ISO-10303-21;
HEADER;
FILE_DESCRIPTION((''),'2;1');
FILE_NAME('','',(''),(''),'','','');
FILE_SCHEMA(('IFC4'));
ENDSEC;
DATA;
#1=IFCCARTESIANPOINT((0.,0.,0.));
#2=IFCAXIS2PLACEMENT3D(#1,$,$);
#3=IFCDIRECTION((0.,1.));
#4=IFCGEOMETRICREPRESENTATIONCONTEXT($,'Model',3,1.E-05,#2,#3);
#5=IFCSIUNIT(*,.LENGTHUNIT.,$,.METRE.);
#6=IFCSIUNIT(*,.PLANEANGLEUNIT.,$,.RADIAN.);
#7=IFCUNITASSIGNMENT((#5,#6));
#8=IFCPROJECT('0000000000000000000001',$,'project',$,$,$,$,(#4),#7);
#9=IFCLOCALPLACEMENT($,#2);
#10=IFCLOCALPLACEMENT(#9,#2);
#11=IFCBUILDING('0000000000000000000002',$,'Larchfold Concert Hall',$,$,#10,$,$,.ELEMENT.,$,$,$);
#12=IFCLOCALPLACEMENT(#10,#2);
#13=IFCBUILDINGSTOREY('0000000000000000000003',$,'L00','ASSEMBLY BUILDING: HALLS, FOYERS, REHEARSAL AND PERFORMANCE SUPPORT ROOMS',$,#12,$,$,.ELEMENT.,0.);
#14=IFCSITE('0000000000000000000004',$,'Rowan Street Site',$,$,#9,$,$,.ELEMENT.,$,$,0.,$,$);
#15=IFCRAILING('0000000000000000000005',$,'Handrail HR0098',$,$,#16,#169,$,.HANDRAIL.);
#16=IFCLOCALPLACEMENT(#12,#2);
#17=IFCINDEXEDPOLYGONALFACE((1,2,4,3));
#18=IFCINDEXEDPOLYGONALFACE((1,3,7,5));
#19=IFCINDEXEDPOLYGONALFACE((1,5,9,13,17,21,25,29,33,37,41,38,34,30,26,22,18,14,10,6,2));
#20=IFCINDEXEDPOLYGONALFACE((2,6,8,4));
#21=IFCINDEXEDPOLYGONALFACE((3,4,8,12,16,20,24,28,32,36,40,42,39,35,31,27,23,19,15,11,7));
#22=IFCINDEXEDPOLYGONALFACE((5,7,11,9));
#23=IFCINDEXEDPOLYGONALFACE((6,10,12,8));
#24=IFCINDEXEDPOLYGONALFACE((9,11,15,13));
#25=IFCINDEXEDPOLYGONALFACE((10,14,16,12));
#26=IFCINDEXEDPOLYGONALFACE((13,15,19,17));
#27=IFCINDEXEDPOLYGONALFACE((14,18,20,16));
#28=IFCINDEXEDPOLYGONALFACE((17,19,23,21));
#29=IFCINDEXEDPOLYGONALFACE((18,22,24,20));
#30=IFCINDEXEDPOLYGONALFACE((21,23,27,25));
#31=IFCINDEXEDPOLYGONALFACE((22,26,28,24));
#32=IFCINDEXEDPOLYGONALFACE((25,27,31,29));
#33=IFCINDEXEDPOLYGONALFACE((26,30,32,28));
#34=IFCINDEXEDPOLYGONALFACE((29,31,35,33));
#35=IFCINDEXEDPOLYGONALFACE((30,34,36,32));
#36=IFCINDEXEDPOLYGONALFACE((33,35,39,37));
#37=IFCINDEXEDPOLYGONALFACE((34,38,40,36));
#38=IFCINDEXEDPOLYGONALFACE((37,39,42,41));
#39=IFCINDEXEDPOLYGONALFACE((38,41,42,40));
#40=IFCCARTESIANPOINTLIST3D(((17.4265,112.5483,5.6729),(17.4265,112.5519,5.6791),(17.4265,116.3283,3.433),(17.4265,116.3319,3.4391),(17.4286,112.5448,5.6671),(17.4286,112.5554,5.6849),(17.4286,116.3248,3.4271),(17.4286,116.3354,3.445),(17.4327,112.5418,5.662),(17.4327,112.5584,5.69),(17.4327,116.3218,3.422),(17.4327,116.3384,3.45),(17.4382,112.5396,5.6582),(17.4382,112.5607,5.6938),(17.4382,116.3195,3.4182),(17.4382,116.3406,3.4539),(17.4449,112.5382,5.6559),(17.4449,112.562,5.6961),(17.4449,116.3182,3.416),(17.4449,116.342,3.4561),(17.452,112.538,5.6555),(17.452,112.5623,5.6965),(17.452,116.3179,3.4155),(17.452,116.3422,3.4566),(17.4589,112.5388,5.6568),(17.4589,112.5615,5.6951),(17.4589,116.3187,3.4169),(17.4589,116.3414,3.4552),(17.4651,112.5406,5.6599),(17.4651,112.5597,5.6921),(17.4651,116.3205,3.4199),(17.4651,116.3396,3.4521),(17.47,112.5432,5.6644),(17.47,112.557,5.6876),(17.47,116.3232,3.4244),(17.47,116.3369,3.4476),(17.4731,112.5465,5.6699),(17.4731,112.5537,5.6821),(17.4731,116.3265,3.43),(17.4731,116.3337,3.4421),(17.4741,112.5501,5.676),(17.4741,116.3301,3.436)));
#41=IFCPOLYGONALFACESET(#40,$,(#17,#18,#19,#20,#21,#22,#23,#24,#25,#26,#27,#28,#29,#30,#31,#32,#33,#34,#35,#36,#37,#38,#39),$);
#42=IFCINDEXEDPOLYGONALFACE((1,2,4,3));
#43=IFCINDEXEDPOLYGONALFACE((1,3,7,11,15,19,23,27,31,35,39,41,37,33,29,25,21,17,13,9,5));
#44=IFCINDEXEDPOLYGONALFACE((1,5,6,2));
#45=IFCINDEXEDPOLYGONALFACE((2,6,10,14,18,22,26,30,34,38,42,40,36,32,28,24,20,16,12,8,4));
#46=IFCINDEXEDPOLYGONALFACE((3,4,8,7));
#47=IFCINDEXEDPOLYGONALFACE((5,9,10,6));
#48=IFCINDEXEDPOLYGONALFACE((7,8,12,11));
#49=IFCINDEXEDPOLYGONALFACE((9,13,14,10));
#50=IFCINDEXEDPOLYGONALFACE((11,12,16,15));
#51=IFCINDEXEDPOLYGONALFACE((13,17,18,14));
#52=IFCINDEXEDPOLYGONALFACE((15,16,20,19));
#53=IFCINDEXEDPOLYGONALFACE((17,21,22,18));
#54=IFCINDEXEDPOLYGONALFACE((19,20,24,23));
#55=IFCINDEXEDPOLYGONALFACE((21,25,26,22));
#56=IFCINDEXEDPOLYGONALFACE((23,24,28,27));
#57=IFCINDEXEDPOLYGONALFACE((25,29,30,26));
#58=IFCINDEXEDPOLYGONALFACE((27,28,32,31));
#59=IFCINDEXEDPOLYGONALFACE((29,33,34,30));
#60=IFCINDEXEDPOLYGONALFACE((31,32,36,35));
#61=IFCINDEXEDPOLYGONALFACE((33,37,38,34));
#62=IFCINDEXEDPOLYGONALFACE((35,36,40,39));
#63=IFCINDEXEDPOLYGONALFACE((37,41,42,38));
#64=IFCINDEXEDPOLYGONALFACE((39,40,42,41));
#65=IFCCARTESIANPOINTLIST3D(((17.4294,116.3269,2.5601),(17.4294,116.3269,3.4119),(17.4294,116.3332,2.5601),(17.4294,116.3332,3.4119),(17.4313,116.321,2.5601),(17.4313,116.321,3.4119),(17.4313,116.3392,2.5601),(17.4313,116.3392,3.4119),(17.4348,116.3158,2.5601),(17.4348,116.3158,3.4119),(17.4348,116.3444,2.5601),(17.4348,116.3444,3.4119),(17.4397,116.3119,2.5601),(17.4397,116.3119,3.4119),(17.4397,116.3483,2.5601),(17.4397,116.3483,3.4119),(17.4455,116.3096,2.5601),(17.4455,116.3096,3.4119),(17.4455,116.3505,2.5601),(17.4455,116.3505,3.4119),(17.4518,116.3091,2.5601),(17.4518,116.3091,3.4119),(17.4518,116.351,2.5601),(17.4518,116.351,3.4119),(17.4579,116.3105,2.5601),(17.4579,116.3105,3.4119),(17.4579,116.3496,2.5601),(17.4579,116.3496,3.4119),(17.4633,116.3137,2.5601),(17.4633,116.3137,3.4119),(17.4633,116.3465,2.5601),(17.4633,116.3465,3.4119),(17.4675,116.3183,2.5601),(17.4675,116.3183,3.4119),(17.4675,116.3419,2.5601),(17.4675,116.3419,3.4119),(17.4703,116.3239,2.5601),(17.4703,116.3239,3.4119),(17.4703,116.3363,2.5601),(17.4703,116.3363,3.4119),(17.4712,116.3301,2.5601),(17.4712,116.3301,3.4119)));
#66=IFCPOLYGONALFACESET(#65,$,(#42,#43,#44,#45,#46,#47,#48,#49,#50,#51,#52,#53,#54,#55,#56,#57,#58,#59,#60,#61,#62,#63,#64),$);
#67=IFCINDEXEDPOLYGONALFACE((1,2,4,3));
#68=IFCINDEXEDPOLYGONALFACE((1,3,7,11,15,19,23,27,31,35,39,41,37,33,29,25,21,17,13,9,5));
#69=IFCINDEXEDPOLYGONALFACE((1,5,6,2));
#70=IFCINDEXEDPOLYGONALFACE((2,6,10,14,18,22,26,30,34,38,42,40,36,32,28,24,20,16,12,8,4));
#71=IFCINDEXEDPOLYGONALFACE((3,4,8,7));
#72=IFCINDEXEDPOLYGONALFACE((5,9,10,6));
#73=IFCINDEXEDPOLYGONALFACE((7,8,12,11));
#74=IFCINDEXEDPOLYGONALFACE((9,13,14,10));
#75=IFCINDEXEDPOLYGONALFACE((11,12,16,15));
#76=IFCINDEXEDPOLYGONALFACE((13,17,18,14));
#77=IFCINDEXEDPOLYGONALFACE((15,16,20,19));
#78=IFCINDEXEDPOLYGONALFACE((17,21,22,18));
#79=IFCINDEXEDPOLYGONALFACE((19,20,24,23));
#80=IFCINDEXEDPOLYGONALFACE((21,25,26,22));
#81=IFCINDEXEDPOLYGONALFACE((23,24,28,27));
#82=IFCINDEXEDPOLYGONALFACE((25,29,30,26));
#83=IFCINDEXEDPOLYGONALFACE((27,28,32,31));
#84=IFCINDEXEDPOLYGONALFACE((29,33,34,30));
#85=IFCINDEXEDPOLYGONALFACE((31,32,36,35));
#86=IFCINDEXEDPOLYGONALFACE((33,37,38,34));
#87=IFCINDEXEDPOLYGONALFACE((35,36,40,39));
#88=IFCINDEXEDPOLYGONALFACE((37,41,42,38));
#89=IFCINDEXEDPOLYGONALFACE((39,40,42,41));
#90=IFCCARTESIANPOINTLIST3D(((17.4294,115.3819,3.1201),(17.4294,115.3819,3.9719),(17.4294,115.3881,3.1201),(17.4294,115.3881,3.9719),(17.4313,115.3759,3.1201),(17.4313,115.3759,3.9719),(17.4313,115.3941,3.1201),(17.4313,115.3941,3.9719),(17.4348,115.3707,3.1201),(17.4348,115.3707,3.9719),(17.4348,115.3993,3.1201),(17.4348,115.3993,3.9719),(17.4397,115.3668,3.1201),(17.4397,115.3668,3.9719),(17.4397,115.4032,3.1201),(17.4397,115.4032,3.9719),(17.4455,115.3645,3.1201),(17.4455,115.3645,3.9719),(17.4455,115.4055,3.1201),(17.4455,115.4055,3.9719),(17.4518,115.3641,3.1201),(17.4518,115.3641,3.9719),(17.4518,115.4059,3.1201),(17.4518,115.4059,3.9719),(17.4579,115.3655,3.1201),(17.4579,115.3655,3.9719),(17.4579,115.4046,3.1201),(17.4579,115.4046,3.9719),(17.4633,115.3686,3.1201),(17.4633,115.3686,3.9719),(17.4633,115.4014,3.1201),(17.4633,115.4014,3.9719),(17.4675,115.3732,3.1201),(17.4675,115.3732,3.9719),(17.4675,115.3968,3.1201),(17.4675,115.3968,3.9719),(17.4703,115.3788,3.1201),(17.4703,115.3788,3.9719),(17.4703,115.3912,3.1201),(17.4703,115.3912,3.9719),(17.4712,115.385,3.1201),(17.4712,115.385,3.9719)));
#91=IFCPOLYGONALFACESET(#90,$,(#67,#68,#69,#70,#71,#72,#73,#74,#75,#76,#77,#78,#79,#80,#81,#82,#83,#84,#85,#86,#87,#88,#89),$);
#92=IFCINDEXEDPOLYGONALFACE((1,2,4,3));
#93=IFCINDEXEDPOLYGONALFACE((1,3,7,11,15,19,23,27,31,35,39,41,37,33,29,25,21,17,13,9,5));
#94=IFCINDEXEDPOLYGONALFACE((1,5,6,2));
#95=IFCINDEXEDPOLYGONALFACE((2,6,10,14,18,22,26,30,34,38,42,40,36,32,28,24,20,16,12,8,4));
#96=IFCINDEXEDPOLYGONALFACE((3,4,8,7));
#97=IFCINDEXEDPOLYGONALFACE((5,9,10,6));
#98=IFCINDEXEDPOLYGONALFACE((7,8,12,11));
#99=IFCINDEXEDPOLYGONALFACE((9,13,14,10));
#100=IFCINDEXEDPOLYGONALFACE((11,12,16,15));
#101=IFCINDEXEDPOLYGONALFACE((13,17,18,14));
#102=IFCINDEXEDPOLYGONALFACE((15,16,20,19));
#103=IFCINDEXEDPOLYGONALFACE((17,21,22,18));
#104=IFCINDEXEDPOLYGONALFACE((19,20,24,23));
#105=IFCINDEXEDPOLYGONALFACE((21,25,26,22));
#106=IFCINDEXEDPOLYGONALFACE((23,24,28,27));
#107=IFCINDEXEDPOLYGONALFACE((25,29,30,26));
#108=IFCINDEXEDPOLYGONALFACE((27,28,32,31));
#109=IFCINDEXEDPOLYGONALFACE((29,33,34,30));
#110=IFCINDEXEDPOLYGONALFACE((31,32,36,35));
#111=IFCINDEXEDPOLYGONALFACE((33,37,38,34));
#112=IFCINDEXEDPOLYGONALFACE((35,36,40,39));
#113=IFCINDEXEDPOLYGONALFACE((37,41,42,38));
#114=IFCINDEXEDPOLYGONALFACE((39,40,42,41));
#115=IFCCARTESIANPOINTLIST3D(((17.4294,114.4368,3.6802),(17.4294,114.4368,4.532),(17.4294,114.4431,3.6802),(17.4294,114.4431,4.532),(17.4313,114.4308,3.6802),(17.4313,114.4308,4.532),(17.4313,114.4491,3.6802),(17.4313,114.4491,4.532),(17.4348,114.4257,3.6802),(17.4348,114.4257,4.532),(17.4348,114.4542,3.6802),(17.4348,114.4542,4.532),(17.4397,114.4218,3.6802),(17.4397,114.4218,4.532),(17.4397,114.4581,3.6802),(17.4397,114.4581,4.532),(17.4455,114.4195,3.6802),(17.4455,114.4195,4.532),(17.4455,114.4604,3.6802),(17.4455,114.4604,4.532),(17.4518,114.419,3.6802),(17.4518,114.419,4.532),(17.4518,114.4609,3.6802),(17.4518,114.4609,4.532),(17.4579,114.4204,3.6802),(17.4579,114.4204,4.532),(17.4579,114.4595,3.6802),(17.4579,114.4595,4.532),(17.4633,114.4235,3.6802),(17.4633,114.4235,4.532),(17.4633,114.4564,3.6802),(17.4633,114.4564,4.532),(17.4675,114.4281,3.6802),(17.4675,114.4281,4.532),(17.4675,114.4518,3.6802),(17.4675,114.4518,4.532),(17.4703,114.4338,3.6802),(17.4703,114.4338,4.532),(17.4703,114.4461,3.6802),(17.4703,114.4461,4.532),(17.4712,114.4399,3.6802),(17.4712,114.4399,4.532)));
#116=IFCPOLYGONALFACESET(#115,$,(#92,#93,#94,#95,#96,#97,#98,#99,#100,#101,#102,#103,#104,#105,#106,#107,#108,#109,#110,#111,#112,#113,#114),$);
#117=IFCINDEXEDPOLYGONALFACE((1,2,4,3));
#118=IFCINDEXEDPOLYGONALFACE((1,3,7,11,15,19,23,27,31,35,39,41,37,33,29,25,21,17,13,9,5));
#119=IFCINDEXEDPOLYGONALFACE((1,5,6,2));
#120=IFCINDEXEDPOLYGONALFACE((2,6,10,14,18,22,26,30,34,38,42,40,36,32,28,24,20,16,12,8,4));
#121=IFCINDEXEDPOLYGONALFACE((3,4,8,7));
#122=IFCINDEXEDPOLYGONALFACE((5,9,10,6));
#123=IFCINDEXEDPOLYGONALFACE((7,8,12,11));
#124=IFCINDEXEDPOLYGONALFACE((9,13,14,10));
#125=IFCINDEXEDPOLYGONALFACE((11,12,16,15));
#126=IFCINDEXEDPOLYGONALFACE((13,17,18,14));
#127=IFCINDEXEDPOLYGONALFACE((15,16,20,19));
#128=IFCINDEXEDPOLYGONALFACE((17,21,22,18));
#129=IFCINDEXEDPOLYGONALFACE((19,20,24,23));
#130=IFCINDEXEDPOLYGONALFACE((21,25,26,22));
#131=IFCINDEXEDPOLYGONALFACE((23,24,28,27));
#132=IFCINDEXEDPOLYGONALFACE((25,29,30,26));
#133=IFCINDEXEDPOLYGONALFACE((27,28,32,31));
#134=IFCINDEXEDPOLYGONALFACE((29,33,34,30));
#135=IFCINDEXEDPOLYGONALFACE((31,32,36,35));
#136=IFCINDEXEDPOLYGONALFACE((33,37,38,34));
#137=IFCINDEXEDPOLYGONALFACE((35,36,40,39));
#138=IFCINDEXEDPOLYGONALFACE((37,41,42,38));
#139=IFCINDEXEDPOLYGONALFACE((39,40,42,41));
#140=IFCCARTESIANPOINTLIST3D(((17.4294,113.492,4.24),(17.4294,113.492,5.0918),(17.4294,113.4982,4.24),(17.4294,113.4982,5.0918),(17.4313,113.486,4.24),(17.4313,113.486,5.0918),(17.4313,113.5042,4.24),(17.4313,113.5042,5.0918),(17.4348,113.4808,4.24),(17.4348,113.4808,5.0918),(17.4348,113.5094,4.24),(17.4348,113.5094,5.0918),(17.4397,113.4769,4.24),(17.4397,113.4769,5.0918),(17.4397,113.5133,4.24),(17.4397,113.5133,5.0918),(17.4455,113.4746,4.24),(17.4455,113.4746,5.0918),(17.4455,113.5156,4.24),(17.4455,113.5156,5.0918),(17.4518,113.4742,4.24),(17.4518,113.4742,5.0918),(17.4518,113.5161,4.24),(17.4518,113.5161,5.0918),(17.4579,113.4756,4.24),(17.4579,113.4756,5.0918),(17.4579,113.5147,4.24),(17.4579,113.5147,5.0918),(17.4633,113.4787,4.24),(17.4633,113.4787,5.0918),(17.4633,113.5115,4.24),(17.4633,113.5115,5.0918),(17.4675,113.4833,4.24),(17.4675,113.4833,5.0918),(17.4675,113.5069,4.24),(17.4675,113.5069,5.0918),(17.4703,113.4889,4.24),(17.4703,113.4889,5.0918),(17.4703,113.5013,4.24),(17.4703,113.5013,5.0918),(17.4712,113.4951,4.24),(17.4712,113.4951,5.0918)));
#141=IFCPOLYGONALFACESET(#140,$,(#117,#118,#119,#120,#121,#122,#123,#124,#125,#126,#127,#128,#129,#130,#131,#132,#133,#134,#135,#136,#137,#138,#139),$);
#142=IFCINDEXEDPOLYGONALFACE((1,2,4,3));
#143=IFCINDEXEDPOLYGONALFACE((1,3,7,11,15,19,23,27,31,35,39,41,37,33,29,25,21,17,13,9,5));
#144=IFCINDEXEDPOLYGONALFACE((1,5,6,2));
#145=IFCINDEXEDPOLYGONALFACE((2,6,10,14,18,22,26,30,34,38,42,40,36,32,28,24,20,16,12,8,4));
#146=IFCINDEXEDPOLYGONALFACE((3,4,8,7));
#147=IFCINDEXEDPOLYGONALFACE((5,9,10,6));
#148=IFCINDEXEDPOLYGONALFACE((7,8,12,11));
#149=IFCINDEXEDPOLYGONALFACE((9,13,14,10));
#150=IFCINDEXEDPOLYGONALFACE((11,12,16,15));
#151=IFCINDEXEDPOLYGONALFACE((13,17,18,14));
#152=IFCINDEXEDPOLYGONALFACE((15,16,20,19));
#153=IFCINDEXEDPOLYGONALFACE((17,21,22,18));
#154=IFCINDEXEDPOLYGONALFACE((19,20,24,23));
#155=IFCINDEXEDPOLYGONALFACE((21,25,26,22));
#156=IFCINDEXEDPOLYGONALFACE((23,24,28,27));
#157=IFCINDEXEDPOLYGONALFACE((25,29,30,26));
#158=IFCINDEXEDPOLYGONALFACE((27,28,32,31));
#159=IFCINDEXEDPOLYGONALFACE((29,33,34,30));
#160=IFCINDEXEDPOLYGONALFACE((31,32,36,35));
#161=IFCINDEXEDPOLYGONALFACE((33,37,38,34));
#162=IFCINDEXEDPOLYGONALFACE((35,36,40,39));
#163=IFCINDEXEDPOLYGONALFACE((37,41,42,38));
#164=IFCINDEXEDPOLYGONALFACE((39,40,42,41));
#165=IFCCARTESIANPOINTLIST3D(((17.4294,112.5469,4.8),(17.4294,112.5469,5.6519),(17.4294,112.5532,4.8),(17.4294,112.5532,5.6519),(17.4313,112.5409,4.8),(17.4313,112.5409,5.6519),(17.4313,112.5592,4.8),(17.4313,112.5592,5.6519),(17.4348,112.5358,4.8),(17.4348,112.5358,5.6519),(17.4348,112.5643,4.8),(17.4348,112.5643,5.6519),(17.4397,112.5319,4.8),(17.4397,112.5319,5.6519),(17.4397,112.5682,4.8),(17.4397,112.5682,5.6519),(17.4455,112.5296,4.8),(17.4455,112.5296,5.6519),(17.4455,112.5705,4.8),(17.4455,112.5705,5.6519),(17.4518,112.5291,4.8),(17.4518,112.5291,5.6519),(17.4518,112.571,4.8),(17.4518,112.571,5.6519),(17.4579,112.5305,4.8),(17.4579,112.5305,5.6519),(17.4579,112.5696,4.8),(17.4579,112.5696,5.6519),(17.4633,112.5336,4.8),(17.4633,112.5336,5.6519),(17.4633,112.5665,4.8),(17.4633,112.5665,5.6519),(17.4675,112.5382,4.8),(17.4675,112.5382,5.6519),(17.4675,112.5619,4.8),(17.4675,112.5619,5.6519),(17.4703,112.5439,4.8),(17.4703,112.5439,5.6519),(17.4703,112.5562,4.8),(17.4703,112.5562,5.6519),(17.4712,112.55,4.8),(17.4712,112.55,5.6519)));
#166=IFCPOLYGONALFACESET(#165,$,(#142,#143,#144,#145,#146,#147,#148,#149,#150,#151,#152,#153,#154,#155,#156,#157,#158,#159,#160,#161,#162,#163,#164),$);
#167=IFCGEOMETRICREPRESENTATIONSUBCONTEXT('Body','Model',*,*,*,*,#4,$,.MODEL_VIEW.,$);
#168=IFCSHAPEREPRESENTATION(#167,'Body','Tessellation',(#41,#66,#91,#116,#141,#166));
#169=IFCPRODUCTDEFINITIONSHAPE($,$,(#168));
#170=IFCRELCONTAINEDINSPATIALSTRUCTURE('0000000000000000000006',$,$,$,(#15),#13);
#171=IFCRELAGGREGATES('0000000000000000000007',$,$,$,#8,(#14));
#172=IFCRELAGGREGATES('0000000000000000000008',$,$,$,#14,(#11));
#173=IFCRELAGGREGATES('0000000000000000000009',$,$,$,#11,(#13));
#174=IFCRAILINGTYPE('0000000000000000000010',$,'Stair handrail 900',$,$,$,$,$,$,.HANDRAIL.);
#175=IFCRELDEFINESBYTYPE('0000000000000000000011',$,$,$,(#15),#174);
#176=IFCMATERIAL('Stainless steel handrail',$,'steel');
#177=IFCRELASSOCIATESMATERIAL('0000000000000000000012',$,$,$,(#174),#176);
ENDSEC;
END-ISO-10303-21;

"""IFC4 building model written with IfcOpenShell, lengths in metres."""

from ifc_helpers import new_model, si_unit, direction, frame, origin, origin_2d, place, context, subcontext, project, spatial, circle, extrude, material, type_object, element, save


model = new_model("IFC4")

# Units and contexts
model_context = context("Model", 3, precision=1e-05, world=origin(), true_north=direction((0.0, 1.0)))
body_context = subcontext(model_context, "Body", "Model", "MODEL_VIEW")
ifc_project = project(units=[si_unit("LENGTHUNIT", "METRE"), si_unit("PLANEANGLEUNIT", "RADIAN")], contexts=[model_context])

# Site, building, storey
site_placement = place(None, origin())
site = spatial("IfcSite", under=ifc_project, at=site_placement, Name="Rowan Street Site", CompositionType="ELEMENT", RefElevation=0.0)
building_placement = place(site_placement, origin())
building = spatial("IfcBuilding", under=site, at=building_placement, Name="Larchfold Concert Hall", CompositionType="ELEMENT")
storey_placement = place(building_placement, origin())
storey = spatial("IfcBuildingStorey", under=building, at=storey_placement, Name="L00", Description="ASSEMBLY BUILDING: HALLS, FOYERS, REHEARSAL AND PERFORMANCE SUPPORT ROOMS", CompositionType="ELEMENT", Elevation=0.0)

# Railing
ifc_material_1 = material(Name="Stainless steel handrail", Category="steel")
railing_type_1 = type_object("IfcRailingType", Name="Stair handrail 900", PredefinedType="HANDRAIL", material=ifc_material_1)
for number, where, name in (
    (1, (17.4502, 116.3301, 2.5601), "Handrail HR0098"),
):
    element("IfcRailing", number, at=place(storey_placement, frame(where)), inside=storey, type_object=railing_type_1, Name=name, PredefinedType="HANDRAIL", context=body_context, shape_type="SweptSolid", body=[
        extrude(circle(Radius=0.0239, at=origin_2d()), frame((0.0, 0.0, 0.876), z_axis=(0.0, -0.860294, 0.509798), x_axis=(1.0, 0.0, 0.0)), (0.0, 0.0, 1.0), 4.3938),
        extrude(circle(Radius=0.021, at=origin_2d()), origin(), (0.0, 0.0, 1.0), 0.8518),
        extrude(circle(Radius=0.021, at=origin_2d()), frame((0.0, -0.9451, 0.5601)), (0.0, 0.0, 1.0), 0.8518),
        extrude(circle(Radius=0.021, at=origin_2d()), frame((0.0, -1.8901, 1.1201)), (0.0, 0.0, 1.0), 0.8518),
        extrude(circle(Radius=0.021, at=origin_2d()), frame((0.0, -2.835, 1.6799)), (0.0, 0.0, 1.0), 0.8518),
        extrude(circle(Radius=0.021, at=origin_2d()), frame((0.0, -3.78, 2.24)), (0.0, 0.0, 1.0), 0.8518),
    ])

save(model, "model.ifc")
